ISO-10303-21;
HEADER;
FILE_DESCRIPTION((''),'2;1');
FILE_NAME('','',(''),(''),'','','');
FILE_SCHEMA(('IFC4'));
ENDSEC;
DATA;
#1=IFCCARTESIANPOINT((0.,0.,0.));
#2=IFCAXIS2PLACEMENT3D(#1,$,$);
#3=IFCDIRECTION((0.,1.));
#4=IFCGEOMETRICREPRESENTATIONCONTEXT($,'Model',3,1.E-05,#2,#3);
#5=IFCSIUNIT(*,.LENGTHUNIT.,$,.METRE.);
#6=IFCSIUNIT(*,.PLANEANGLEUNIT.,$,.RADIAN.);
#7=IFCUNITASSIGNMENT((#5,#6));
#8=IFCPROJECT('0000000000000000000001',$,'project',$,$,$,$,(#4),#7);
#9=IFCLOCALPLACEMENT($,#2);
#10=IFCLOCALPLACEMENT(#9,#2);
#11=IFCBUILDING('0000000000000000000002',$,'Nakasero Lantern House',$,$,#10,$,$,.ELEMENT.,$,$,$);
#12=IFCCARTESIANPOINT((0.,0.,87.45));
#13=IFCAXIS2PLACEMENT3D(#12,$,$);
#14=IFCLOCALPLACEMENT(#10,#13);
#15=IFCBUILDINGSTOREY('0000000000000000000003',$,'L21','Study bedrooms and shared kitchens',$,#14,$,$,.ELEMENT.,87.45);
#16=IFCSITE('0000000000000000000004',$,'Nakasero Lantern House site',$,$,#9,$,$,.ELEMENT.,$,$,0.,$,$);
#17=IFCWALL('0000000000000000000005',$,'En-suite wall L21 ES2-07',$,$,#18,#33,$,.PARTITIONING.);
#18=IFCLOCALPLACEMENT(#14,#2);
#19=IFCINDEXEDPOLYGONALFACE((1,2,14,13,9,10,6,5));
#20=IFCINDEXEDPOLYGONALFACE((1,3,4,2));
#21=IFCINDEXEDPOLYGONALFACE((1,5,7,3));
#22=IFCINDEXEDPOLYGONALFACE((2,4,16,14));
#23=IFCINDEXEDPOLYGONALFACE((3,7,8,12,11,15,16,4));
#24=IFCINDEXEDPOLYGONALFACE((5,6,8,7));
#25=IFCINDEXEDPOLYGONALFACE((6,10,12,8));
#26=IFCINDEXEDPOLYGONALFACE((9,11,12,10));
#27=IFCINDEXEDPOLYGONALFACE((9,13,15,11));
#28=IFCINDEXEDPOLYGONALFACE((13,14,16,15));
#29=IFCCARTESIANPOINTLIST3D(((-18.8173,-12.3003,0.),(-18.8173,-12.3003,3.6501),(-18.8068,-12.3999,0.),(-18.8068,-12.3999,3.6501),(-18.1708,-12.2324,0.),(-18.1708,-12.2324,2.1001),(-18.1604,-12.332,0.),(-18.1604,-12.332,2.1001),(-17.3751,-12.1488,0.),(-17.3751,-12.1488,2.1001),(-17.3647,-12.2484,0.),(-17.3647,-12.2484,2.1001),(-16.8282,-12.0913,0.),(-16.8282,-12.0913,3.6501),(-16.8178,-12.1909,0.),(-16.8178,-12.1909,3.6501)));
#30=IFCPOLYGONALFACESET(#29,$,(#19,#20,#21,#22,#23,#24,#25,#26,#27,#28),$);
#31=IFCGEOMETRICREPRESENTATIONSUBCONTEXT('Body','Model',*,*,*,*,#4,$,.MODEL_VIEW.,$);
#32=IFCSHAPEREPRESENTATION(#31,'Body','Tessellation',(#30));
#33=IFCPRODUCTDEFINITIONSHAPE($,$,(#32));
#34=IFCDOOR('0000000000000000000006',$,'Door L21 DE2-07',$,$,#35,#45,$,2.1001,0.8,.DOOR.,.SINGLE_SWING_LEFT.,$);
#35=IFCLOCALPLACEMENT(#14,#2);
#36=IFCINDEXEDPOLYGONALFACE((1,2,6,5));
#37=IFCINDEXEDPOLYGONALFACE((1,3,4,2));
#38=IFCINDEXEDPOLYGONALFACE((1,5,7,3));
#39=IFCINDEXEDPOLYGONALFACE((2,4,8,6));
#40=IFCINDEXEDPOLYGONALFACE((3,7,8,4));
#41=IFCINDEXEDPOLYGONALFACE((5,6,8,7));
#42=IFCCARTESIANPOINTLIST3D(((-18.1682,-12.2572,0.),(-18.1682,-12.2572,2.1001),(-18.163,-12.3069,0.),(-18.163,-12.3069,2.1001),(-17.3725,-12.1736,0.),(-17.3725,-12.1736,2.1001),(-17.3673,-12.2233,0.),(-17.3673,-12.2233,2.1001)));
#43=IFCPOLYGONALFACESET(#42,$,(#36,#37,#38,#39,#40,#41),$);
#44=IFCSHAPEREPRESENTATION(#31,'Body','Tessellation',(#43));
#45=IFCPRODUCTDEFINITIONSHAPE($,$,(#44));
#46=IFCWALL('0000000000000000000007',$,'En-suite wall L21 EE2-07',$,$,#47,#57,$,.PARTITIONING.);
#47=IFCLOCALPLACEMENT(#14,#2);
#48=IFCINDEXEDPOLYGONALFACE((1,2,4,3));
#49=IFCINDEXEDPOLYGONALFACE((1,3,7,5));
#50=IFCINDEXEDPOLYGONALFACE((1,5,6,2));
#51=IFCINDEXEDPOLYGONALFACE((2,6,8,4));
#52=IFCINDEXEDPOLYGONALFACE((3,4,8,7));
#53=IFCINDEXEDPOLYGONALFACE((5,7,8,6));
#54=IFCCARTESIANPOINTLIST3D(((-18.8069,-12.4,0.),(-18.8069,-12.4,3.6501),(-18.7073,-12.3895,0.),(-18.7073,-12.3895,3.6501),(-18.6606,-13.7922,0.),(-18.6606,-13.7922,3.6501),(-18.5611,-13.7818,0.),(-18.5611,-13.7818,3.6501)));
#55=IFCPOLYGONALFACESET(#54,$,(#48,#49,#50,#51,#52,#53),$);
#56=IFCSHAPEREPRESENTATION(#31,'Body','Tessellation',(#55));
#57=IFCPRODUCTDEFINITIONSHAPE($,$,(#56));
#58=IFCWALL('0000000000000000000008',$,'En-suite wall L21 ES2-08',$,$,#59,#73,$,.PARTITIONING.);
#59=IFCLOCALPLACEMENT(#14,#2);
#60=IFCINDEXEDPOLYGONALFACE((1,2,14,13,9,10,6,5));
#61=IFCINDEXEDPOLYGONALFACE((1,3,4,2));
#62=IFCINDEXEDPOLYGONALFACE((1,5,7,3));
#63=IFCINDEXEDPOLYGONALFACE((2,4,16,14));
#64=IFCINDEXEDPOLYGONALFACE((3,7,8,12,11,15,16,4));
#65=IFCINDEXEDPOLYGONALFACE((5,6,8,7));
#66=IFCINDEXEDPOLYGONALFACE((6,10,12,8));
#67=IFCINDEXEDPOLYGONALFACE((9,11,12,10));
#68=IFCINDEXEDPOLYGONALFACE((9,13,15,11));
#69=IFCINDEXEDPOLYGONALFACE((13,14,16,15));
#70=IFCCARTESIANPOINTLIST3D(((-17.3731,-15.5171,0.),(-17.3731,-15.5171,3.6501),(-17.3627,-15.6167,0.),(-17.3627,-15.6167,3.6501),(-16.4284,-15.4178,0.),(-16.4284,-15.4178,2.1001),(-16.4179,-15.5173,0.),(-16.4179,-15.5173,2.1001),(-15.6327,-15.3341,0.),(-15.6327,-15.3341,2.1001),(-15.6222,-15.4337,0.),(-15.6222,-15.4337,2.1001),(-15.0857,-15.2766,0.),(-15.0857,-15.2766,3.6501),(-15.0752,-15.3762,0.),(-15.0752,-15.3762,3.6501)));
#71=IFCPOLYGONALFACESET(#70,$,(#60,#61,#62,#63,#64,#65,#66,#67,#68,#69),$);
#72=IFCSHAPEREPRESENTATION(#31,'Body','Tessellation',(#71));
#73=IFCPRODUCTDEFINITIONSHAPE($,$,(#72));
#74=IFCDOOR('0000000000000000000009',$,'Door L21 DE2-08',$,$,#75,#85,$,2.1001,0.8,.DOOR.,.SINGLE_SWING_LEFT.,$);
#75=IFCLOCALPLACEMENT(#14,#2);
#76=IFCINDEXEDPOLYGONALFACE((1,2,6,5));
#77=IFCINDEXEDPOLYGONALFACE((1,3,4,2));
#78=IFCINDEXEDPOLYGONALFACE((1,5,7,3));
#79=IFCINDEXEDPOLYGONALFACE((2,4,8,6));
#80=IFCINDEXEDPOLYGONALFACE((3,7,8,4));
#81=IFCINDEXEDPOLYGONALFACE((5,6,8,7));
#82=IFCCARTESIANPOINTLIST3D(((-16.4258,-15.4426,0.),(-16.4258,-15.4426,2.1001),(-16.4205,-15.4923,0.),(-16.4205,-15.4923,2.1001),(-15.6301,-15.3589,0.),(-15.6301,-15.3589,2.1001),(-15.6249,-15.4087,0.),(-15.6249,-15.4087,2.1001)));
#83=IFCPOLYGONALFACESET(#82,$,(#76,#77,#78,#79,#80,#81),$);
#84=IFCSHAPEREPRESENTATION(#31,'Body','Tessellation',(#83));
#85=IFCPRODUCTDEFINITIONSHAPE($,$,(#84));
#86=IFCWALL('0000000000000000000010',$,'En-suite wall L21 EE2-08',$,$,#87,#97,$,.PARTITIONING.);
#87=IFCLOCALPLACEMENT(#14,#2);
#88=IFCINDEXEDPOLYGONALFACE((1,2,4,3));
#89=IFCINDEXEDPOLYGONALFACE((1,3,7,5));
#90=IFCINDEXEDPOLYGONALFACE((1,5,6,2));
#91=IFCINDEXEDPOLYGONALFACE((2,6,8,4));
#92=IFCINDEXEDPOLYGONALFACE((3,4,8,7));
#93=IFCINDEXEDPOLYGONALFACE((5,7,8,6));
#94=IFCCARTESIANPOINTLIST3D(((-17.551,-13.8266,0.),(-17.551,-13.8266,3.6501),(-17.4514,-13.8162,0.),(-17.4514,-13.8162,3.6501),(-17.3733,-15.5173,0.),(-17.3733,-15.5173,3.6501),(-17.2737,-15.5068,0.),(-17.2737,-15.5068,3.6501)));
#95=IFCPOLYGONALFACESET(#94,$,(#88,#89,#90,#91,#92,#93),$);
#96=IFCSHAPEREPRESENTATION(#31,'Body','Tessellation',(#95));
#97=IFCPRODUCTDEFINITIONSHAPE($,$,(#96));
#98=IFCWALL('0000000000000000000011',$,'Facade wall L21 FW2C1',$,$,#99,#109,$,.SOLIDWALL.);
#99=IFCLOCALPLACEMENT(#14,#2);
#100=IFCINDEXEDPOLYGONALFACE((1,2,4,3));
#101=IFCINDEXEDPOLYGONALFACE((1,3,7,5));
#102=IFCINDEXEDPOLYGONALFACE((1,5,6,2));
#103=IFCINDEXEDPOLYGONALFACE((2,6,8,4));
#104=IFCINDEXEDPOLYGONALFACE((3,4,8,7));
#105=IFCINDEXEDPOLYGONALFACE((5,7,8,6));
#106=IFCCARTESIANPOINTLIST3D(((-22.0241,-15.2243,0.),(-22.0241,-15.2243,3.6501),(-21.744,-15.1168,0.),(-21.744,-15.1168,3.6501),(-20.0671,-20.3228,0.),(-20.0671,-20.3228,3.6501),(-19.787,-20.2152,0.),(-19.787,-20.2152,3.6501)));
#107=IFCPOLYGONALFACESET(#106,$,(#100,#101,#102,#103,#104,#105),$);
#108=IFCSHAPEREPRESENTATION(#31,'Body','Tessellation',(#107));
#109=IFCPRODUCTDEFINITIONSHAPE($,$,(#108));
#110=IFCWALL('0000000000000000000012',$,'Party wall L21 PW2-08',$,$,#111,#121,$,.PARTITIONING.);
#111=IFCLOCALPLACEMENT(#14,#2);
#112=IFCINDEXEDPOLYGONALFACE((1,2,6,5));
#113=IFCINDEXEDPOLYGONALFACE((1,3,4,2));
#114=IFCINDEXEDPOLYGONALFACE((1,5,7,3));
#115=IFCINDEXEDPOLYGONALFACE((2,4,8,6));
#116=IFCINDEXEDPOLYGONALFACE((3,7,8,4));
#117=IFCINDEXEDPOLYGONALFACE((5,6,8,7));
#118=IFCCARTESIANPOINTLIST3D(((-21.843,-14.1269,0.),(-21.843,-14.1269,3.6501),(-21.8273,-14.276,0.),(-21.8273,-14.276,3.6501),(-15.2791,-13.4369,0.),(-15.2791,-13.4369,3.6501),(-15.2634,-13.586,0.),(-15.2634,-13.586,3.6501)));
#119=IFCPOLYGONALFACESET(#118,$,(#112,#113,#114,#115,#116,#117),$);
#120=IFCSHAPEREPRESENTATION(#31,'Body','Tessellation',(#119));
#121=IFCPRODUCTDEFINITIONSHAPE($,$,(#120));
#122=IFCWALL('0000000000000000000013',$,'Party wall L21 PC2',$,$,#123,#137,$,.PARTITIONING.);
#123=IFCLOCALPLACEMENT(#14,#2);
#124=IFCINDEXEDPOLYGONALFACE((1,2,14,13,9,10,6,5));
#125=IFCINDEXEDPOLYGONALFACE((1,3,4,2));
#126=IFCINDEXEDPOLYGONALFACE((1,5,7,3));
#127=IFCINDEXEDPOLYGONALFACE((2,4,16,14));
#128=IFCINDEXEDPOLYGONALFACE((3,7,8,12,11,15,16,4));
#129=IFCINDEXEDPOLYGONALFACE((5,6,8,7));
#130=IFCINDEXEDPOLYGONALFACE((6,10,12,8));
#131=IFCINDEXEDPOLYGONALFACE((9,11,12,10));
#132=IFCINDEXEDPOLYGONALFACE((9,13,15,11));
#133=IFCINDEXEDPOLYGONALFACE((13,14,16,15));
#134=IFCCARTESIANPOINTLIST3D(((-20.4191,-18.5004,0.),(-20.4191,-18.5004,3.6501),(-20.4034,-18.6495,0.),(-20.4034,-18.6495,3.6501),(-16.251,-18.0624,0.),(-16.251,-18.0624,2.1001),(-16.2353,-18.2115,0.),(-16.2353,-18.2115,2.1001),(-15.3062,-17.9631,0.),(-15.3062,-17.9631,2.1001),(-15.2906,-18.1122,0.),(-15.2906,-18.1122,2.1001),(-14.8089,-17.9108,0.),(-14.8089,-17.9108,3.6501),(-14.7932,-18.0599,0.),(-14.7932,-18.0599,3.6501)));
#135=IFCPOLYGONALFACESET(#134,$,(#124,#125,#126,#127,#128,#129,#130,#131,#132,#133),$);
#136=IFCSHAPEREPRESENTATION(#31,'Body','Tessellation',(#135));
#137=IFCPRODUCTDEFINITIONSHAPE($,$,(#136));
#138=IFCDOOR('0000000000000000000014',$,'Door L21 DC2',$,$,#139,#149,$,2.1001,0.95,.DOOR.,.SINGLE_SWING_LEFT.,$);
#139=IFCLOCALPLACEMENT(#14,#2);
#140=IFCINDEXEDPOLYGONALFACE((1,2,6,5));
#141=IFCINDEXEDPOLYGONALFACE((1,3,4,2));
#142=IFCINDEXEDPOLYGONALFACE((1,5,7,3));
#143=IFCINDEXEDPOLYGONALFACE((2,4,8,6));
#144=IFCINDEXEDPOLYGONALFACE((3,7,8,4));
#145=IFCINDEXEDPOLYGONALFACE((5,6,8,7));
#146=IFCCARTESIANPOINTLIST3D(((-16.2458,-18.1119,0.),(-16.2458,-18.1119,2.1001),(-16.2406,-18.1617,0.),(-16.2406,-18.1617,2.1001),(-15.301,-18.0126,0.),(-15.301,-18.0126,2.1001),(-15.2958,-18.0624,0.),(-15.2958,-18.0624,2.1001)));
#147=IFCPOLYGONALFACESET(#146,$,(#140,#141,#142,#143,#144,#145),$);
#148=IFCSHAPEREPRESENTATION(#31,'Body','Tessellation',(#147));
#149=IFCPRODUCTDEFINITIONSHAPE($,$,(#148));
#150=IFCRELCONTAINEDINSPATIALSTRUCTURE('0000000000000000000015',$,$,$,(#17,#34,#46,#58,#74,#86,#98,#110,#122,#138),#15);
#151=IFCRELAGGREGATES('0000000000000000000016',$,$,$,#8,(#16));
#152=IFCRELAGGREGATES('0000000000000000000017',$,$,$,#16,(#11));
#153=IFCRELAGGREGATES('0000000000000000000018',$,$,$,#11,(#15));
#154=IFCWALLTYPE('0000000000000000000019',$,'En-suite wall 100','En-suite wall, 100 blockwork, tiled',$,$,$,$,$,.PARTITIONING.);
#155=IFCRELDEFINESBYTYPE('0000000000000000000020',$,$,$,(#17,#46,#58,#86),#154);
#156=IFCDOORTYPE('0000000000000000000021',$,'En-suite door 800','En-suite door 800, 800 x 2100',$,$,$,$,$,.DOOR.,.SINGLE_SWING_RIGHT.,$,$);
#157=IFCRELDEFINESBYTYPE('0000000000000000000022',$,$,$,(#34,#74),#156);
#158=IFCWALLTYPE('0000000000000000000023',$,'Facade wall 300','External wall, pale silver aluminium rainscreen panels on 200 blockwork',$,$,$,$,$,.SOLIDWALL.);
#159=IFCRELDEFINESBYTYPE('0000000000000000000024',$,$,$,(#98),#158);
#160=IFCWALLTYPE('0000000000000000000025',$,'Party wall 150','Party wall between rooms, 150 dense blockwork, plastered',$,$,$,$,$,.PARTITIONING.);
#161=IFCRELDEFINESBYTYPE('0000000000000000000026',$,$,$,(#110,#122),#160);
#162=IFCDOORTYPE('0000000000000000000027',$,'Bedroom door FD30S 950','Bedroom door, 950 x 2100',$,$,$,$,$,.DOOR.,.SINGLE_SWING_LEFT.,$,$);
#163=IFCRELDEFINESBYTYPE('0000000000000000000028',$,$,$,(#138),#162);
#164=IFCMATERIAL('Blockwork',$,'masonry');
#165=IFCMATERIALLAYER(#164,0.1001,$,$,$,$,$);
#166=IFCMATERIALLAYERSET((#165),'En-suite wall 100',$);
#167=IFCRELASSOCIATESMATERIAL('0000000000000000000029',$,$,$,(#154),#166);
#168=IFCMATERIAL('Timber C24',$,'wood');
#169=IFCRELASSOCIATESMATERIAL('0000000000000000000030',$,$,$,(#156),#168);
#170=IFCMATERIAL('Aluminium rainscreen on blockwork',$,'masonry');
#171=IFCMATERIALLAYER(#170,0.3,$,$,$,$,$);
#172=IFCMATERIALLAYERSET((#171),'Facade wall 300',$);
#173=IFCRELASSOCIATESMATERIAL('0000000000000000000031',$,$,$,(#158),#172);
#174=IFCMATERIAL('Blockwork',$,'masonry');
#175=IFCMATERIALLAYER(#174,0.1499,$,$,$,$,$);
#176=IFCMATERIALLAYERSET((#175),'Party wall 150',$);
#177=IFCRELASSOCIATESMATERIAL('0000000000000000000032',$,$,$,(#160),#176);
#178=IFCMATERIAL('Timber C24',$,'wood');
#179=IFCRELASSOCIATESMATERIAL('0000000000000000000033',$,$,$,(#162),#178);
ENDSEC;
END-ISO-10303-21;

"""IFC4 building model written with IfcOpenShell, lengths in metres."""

from ifc_helpers import new_model, si_unit, direction, frame, frame_2d, origin, place, context, subcontext, project, spatial, rectangle, extrude, material, layer, layer_set, type_object, element, fill, save


model = new_model("IFC4")

# Units and contexts
model_context = context("Model", 3, precision=1e-05, world=origin(), true_north=direction((0.0, 1.0)))
body_context = subcontext(model_context, "Body", "Model", "MODEL_VIEW")
ifc_project = project(units=[si_unit("LENGTHUNIT", "METRE"), si_unit("PLANEANGLEUNIT", "RADIAN")], contexts=[model_context])

# Site, building, storey
site_placement = place(None, origin())
site = spatial("IfcSite", under=ifc_project, at=site_placement, Name="Nakasero Lantern House site", CompositionType="ELEMENT", RefElevation=0.0)
building_placement = place(site_placement, origin())
building = spatial("IfcBuilding", under=site, at=building_placement, Name="Nakasero Lantern House", CompositionType="ELEMENT")
storey_placement = place(building_placement, frame((0.0, 0.0, 87.45)))
storey = spatial("IfcBuildingStorey", under=building, at=storey_placement, Name="L21", Description="Study bedrooms and shared kitchens", CompositionType="ELEMENT", Elevation=87.45)

# Wall, opening, door
ifc_material_1 = material(Name="Blockwork", Category="masonry")
ifc_layer_1 = layer(ifc_material_1, 0.1001)
ifc_layer_set_1 = layer_set([ifc_layer_1], Name="En-suite wall 100")
wall_type_1 = type_object("IfcWallType", Name="En-suite wall 100", Description="En-suite wall, 100 blockwork, tiled", PredefinedType="PARTITIONING", material=ifc_layer_set_1)
wall_1_placement = place(storey_placement, frame((-16.823, -12.1411, 0.0), z_axis=(0.0, 0.0, 1.0), x_axis=(-0.994526, -0.104494, 0.0)))
wall_1 = element("IfcWall", 1, at=wall_1_placement, inside=storey, type_object=wall_type_1, Name="En-suite wall L21 ES2-07", PredefinedType="PARTITIONING", context=body_context, shape_type="SweptSolid", body=[
    extrude(rectangle(XDim=2.0, YDim=0.1001, at=frame_2d((1.0, 0.0))), origin(), (0.0, 0.0, 1.0), 3.6501),
])
opening_1_placement = place(wall_1_placement, frame((0.55, 0.0, 0.0)))
opening_1 = element("IfcOpeningElement", 2, at=opening_1_placement, cuts=wall_1, PredefinedType="OPENING", context=body_context, shape_type="SweptSolid", body=[
    extrude(rectangle(XDim=0.8, YDim=2.1001, at=frame_2d((0.3999, 1.05))), frame((0.0, 0.0701, 0.0), z_axis=(0.0, -1.0, 0.0), x_axis=(1.0, 0.0, 0.0)), (0.0, 0.0, 1.0), 0.1401),
])
ifc_material_2 = material(Name="Timber C24", Category="wood")
door_type_1 = type_object("IfcDoorType", Name="En-suite door 800", Description="En-suite door 800, 800 x 2100", OperationType="SINGLE_SWING_RIGHT", PredefinedType="DOOR", material=ifc_material_2)
door_1_placement = place(opening_1_placement, origin())
door_1 = element("IfcDoor", 3, at=door_1_placement, inside=storey, type_object=door_type_1, Name="Door L21 DE2-07", OperationType="SINGLE_SWING_LEFT", OverallHeight=2.1001, OverallWidth=0.8, PredefinedType="DOOR", context=body_context, shape_type="SweptSolid", body=[
    extrude(rectangle(XDim=0.8, YDim=2.1001, at=frame_2d((0.3999, 1.05))), frame((0.0, 0.0249, 0.0), z_axis=(0.0, -1.0, 0.0), x_axis=(1.0, 0.0, 0.0)), (0.0, 0.0, 1.0), 0.05),
])
fill(opening_1, door_1)

# Wall
wall_2_placement = place(storey_placement, frame((-18.7571, -12.3948, 0.0), z_axis=(0.0, 0.0, 1.0), x_axis=(0.104458, -0.994529, 0.0)))
element("IfcWall", 4, at=wall_2_placement, inside=storey, type_object=wall_type_1, Name="En-suite wall L21 EE2-07", PredefinedType="PARTITIONING", context=body_context, shape_type="SweptSolid", body=[
    extrude(rectangle(XDim=1.3999, YDim=0.1001, at=frame_2d((0.7, 0.0))), origin(), (0.0, 0.0, 1.0), 3.6501),
])

# Wall, opening, door
wall_3_placement = place(storey_placement, frame((-15.0806, -15.3264, 0.0), z_axis=(0.0, 0.0, 1.0), x_axis=(-0.994519, -0.104558, 0.0)))
wall_3 = element("IfcWall", 5, at=wall_3_placement, inside=storey, type_object=wall_type_1, Name="En-suite wall L21 ES2-08", PredefinedType="PARTITIONING", context=body_context, shape_type="SweptSolid", body=[
    extrude(rectangle(XDim=2.3, YDim=0.1001, at=frame_2d((1.1499, 0.0))), origin(), (0.0, 0.0, 1.0), 3.6501),
])
opening_2_placement = place(wall_3_placement, frame((0.55, 0.0, 0.0)))
opening_2 = element("IfcOpeningElement", 6, at=opening_2_placement, cuts=wall_3, PredefinedType="OPENING", context=body_context, shape_type="SweptSolid", body=[
    extrude(rectangle(XDim=0.8, YDim=2.1001, at=frame_2d((0.3999, 1.05))), frame((0.0, 0.0701, 0.0), z_axis=(0.0, -1.0, 0.0), x_axis=(1.0, 0.0, 0.0)), (0.0, 0.0, 1.0), 0.1401),
])
door_2_placement = place(opening_2_placement, origin())
door_2 = element("IfcDoor", 7, at=door_2_placement, inside=storey, type_object=door_type_1, Name="Door L21 DE2-08", OperationType="SINGLE_SWING_LEFT", OverallHeight=2.1001, OverallWidth=0.8, PredefinedType="DOOR", context=body_context, shape_type="SweptSolid", body=[
    extrude(rectangle(XDim=0.8, YDim=2.1001, at=frame_2d((0.3999, 1.05))), frame((0.0, 0.0249, 0.0), z_axis=(0.0, -1.0, 0.0), x_axis=(1.0, 0.0, 0.0)), (0.0, 0.0, 1.0), 0.05),
])
fill(opening_2, door_2)

# Walls
wall_4_placement = place(storey_placement, frame((-17.5012, -13.8213, 0.0), z_axis=(0.0, 0.0, 1.0), x_axis=(0.10455, -0.99452, 0.0)))
element("IfcWall", 8, at=wall_4_placement, inside=storey, type_object=wall_type_1, Name="En-suite wall L21 EE2-08", PredefinedType="PARTITIONING", context=body_context, shape_type="SweptSolid", body=[
    extrude(rectangle(XDim=1.7, YDim=0.1001, at=frame_2d((0.8501, 0.0))), origin(), (0.0, 0.0, 1.0), 3.6501),
])
ifc_material_3 = material(Name="Aluminium rainscreen on blockwork", Category="masonry")
ifc_layer_2 = layer(ifc_material_3, 0.3)
ifc_layer_set_2 = layer_set([ifc_layer_2], Name="Facade wall 300")
wall_type_2 = type_object("IfcWallType", Name="Facade wall 300", Description="External wall, pale silver aluminium rainscreen panels on 200 blockwork", PredefinedType="SOLIDWALL", material=ifc_layer_set_2)
wall_5_placement = place(storey_placement, frame((-21.884, -15.1707, 0.0), z_axis=(0.0, 0.0, 1.0), x_axis=(0.358359, -0.933584, 0.0)))
element("IfcWall", 9, at=wall_5_placement, inside=storey, type_object=wall_type_2, Name="Facade wall L21 FW2C1", PredefinedType="SOLIDWALL", context=body_context, shape_type="SweptSolid", body=[
    extrude(rectangle(XDim=5.4612, YDim=0.3, at=frame_2d((2.7305, 0.0))), origin(), (0.0, 0.0, 1.0), 3.6501),
])
ifc_material_4 = material(Name="Blockwork", Category="masonry")
ifc_layer_3 = layer(ifc_material_4, 0.1499)
ifc_layer_set_3 = layer_set([ifc_layer_3], Name="Party wall 150")
wall_type_3 = type_object("IfcWallType", Name="Party wall 150", Description="Party wall between rooms, 150 dense blockwork, plastered", PredefinedType="PARTITIONING", material=ifc_layer_set_3)
wall_6_placement = place(storey_placement, frame((-15.2712, -13.5115, 0.0), z_axis=(0.0, 0.0, 1.0), x_axis=(-0.994521, -0.104535, 0.0)))
element("IfcWall", 10, at=wall_6_placement, inside=storey, type_object=wall_type_3, Name="Party wall L21 PW2-08", PredefinedType="PARTITIONING", context=body_context, shape_type="SweptSolid", body=[
    extrude(rectangle(XDim=6.6001, YDim=0.1499, at=frame_2d((3.3, 0.0))), origin(), (0.0, 0.0, 1.0), 3.6501),
])

# Wall, opening, door
wall_7_placement = place(storey_placement, frame((-14.801, -17.9854, 0.0), z_axis=(0.0, 0.0, 1.0), x_axis=(-0.994523, -0.10452, 0.0)))
wall_7 = element("IfcWall", 11, at=wall_7_placement, inside=storey, type_object=wall_type_3, Name="Party wall L21 PC2", PredefinedType="PARTITIONING", context=body_context, shape_type="SweptSolid", body=[
    extrude(rectangle(XDim=5.6411, YDim=0.1499, at=frame_2d((2.8206, 0.0))), origin(), (0.0, 0.0, 1.0), 3.6501),
])
opening_3_placement = place(wall_7_placement, frame((0.5, 0.0, 0.0)))
opening_3 = element("IfcOpeningElement", 12, at=opening_3_placement, cuts=wall_7, PredefinedType="OPENING", context=body_context, shape_type="SweptSolid", body=[
    extrude(rectangle(XDim=0.95, YDim=2.1001, at=frame_2d((0.4751, 1.05))), frame((0.0, 0.095, 0.0), z_axis=(0.0, -1.0, 0.0), x_axis=(1.0, 0.0, 0.0)), (0.0, 0.0, 1.0), 0.1899),
])
ifc_material_5 = material(Name="Timber C24", Category="wood")
door_type_2 = type_object("IfcDoorType", Name="Bedroom door FD30S 950", Description="Bedroom door, 950 x 2100", OperationType="SINGLE_SWING_LEFT", PredefinedType="DOOR", material=ifc_material_5)
door_3_placement = place(opening_3_placement, origin())
door_3 = element("IfcDoor", 13, at=door_3_placement, inside=storey, type_object=door_type_2, Name="Door L21 DC2", OperationType="SINGLE_SWING_LEFT", OverallHeight=2.1001, OverallWidth=0.95, PredefinedType="DOOR", context=body_context, shape_type="SweptSolid", body=[
    extrude(rectangle(XDim=0.95, YDim=2.1001, at=frame_2d((0.4751, 1.05))), frame((0.0, 0.0249, 0.0), z_axis=(0.0, -1.0, 0.0), x_axis=(1.0, 0.0, 0.0)), (0.0, 0.0, 1.0), 0.05),
])
fill(opening_3, door_3)

save(model, "model.ifc")
